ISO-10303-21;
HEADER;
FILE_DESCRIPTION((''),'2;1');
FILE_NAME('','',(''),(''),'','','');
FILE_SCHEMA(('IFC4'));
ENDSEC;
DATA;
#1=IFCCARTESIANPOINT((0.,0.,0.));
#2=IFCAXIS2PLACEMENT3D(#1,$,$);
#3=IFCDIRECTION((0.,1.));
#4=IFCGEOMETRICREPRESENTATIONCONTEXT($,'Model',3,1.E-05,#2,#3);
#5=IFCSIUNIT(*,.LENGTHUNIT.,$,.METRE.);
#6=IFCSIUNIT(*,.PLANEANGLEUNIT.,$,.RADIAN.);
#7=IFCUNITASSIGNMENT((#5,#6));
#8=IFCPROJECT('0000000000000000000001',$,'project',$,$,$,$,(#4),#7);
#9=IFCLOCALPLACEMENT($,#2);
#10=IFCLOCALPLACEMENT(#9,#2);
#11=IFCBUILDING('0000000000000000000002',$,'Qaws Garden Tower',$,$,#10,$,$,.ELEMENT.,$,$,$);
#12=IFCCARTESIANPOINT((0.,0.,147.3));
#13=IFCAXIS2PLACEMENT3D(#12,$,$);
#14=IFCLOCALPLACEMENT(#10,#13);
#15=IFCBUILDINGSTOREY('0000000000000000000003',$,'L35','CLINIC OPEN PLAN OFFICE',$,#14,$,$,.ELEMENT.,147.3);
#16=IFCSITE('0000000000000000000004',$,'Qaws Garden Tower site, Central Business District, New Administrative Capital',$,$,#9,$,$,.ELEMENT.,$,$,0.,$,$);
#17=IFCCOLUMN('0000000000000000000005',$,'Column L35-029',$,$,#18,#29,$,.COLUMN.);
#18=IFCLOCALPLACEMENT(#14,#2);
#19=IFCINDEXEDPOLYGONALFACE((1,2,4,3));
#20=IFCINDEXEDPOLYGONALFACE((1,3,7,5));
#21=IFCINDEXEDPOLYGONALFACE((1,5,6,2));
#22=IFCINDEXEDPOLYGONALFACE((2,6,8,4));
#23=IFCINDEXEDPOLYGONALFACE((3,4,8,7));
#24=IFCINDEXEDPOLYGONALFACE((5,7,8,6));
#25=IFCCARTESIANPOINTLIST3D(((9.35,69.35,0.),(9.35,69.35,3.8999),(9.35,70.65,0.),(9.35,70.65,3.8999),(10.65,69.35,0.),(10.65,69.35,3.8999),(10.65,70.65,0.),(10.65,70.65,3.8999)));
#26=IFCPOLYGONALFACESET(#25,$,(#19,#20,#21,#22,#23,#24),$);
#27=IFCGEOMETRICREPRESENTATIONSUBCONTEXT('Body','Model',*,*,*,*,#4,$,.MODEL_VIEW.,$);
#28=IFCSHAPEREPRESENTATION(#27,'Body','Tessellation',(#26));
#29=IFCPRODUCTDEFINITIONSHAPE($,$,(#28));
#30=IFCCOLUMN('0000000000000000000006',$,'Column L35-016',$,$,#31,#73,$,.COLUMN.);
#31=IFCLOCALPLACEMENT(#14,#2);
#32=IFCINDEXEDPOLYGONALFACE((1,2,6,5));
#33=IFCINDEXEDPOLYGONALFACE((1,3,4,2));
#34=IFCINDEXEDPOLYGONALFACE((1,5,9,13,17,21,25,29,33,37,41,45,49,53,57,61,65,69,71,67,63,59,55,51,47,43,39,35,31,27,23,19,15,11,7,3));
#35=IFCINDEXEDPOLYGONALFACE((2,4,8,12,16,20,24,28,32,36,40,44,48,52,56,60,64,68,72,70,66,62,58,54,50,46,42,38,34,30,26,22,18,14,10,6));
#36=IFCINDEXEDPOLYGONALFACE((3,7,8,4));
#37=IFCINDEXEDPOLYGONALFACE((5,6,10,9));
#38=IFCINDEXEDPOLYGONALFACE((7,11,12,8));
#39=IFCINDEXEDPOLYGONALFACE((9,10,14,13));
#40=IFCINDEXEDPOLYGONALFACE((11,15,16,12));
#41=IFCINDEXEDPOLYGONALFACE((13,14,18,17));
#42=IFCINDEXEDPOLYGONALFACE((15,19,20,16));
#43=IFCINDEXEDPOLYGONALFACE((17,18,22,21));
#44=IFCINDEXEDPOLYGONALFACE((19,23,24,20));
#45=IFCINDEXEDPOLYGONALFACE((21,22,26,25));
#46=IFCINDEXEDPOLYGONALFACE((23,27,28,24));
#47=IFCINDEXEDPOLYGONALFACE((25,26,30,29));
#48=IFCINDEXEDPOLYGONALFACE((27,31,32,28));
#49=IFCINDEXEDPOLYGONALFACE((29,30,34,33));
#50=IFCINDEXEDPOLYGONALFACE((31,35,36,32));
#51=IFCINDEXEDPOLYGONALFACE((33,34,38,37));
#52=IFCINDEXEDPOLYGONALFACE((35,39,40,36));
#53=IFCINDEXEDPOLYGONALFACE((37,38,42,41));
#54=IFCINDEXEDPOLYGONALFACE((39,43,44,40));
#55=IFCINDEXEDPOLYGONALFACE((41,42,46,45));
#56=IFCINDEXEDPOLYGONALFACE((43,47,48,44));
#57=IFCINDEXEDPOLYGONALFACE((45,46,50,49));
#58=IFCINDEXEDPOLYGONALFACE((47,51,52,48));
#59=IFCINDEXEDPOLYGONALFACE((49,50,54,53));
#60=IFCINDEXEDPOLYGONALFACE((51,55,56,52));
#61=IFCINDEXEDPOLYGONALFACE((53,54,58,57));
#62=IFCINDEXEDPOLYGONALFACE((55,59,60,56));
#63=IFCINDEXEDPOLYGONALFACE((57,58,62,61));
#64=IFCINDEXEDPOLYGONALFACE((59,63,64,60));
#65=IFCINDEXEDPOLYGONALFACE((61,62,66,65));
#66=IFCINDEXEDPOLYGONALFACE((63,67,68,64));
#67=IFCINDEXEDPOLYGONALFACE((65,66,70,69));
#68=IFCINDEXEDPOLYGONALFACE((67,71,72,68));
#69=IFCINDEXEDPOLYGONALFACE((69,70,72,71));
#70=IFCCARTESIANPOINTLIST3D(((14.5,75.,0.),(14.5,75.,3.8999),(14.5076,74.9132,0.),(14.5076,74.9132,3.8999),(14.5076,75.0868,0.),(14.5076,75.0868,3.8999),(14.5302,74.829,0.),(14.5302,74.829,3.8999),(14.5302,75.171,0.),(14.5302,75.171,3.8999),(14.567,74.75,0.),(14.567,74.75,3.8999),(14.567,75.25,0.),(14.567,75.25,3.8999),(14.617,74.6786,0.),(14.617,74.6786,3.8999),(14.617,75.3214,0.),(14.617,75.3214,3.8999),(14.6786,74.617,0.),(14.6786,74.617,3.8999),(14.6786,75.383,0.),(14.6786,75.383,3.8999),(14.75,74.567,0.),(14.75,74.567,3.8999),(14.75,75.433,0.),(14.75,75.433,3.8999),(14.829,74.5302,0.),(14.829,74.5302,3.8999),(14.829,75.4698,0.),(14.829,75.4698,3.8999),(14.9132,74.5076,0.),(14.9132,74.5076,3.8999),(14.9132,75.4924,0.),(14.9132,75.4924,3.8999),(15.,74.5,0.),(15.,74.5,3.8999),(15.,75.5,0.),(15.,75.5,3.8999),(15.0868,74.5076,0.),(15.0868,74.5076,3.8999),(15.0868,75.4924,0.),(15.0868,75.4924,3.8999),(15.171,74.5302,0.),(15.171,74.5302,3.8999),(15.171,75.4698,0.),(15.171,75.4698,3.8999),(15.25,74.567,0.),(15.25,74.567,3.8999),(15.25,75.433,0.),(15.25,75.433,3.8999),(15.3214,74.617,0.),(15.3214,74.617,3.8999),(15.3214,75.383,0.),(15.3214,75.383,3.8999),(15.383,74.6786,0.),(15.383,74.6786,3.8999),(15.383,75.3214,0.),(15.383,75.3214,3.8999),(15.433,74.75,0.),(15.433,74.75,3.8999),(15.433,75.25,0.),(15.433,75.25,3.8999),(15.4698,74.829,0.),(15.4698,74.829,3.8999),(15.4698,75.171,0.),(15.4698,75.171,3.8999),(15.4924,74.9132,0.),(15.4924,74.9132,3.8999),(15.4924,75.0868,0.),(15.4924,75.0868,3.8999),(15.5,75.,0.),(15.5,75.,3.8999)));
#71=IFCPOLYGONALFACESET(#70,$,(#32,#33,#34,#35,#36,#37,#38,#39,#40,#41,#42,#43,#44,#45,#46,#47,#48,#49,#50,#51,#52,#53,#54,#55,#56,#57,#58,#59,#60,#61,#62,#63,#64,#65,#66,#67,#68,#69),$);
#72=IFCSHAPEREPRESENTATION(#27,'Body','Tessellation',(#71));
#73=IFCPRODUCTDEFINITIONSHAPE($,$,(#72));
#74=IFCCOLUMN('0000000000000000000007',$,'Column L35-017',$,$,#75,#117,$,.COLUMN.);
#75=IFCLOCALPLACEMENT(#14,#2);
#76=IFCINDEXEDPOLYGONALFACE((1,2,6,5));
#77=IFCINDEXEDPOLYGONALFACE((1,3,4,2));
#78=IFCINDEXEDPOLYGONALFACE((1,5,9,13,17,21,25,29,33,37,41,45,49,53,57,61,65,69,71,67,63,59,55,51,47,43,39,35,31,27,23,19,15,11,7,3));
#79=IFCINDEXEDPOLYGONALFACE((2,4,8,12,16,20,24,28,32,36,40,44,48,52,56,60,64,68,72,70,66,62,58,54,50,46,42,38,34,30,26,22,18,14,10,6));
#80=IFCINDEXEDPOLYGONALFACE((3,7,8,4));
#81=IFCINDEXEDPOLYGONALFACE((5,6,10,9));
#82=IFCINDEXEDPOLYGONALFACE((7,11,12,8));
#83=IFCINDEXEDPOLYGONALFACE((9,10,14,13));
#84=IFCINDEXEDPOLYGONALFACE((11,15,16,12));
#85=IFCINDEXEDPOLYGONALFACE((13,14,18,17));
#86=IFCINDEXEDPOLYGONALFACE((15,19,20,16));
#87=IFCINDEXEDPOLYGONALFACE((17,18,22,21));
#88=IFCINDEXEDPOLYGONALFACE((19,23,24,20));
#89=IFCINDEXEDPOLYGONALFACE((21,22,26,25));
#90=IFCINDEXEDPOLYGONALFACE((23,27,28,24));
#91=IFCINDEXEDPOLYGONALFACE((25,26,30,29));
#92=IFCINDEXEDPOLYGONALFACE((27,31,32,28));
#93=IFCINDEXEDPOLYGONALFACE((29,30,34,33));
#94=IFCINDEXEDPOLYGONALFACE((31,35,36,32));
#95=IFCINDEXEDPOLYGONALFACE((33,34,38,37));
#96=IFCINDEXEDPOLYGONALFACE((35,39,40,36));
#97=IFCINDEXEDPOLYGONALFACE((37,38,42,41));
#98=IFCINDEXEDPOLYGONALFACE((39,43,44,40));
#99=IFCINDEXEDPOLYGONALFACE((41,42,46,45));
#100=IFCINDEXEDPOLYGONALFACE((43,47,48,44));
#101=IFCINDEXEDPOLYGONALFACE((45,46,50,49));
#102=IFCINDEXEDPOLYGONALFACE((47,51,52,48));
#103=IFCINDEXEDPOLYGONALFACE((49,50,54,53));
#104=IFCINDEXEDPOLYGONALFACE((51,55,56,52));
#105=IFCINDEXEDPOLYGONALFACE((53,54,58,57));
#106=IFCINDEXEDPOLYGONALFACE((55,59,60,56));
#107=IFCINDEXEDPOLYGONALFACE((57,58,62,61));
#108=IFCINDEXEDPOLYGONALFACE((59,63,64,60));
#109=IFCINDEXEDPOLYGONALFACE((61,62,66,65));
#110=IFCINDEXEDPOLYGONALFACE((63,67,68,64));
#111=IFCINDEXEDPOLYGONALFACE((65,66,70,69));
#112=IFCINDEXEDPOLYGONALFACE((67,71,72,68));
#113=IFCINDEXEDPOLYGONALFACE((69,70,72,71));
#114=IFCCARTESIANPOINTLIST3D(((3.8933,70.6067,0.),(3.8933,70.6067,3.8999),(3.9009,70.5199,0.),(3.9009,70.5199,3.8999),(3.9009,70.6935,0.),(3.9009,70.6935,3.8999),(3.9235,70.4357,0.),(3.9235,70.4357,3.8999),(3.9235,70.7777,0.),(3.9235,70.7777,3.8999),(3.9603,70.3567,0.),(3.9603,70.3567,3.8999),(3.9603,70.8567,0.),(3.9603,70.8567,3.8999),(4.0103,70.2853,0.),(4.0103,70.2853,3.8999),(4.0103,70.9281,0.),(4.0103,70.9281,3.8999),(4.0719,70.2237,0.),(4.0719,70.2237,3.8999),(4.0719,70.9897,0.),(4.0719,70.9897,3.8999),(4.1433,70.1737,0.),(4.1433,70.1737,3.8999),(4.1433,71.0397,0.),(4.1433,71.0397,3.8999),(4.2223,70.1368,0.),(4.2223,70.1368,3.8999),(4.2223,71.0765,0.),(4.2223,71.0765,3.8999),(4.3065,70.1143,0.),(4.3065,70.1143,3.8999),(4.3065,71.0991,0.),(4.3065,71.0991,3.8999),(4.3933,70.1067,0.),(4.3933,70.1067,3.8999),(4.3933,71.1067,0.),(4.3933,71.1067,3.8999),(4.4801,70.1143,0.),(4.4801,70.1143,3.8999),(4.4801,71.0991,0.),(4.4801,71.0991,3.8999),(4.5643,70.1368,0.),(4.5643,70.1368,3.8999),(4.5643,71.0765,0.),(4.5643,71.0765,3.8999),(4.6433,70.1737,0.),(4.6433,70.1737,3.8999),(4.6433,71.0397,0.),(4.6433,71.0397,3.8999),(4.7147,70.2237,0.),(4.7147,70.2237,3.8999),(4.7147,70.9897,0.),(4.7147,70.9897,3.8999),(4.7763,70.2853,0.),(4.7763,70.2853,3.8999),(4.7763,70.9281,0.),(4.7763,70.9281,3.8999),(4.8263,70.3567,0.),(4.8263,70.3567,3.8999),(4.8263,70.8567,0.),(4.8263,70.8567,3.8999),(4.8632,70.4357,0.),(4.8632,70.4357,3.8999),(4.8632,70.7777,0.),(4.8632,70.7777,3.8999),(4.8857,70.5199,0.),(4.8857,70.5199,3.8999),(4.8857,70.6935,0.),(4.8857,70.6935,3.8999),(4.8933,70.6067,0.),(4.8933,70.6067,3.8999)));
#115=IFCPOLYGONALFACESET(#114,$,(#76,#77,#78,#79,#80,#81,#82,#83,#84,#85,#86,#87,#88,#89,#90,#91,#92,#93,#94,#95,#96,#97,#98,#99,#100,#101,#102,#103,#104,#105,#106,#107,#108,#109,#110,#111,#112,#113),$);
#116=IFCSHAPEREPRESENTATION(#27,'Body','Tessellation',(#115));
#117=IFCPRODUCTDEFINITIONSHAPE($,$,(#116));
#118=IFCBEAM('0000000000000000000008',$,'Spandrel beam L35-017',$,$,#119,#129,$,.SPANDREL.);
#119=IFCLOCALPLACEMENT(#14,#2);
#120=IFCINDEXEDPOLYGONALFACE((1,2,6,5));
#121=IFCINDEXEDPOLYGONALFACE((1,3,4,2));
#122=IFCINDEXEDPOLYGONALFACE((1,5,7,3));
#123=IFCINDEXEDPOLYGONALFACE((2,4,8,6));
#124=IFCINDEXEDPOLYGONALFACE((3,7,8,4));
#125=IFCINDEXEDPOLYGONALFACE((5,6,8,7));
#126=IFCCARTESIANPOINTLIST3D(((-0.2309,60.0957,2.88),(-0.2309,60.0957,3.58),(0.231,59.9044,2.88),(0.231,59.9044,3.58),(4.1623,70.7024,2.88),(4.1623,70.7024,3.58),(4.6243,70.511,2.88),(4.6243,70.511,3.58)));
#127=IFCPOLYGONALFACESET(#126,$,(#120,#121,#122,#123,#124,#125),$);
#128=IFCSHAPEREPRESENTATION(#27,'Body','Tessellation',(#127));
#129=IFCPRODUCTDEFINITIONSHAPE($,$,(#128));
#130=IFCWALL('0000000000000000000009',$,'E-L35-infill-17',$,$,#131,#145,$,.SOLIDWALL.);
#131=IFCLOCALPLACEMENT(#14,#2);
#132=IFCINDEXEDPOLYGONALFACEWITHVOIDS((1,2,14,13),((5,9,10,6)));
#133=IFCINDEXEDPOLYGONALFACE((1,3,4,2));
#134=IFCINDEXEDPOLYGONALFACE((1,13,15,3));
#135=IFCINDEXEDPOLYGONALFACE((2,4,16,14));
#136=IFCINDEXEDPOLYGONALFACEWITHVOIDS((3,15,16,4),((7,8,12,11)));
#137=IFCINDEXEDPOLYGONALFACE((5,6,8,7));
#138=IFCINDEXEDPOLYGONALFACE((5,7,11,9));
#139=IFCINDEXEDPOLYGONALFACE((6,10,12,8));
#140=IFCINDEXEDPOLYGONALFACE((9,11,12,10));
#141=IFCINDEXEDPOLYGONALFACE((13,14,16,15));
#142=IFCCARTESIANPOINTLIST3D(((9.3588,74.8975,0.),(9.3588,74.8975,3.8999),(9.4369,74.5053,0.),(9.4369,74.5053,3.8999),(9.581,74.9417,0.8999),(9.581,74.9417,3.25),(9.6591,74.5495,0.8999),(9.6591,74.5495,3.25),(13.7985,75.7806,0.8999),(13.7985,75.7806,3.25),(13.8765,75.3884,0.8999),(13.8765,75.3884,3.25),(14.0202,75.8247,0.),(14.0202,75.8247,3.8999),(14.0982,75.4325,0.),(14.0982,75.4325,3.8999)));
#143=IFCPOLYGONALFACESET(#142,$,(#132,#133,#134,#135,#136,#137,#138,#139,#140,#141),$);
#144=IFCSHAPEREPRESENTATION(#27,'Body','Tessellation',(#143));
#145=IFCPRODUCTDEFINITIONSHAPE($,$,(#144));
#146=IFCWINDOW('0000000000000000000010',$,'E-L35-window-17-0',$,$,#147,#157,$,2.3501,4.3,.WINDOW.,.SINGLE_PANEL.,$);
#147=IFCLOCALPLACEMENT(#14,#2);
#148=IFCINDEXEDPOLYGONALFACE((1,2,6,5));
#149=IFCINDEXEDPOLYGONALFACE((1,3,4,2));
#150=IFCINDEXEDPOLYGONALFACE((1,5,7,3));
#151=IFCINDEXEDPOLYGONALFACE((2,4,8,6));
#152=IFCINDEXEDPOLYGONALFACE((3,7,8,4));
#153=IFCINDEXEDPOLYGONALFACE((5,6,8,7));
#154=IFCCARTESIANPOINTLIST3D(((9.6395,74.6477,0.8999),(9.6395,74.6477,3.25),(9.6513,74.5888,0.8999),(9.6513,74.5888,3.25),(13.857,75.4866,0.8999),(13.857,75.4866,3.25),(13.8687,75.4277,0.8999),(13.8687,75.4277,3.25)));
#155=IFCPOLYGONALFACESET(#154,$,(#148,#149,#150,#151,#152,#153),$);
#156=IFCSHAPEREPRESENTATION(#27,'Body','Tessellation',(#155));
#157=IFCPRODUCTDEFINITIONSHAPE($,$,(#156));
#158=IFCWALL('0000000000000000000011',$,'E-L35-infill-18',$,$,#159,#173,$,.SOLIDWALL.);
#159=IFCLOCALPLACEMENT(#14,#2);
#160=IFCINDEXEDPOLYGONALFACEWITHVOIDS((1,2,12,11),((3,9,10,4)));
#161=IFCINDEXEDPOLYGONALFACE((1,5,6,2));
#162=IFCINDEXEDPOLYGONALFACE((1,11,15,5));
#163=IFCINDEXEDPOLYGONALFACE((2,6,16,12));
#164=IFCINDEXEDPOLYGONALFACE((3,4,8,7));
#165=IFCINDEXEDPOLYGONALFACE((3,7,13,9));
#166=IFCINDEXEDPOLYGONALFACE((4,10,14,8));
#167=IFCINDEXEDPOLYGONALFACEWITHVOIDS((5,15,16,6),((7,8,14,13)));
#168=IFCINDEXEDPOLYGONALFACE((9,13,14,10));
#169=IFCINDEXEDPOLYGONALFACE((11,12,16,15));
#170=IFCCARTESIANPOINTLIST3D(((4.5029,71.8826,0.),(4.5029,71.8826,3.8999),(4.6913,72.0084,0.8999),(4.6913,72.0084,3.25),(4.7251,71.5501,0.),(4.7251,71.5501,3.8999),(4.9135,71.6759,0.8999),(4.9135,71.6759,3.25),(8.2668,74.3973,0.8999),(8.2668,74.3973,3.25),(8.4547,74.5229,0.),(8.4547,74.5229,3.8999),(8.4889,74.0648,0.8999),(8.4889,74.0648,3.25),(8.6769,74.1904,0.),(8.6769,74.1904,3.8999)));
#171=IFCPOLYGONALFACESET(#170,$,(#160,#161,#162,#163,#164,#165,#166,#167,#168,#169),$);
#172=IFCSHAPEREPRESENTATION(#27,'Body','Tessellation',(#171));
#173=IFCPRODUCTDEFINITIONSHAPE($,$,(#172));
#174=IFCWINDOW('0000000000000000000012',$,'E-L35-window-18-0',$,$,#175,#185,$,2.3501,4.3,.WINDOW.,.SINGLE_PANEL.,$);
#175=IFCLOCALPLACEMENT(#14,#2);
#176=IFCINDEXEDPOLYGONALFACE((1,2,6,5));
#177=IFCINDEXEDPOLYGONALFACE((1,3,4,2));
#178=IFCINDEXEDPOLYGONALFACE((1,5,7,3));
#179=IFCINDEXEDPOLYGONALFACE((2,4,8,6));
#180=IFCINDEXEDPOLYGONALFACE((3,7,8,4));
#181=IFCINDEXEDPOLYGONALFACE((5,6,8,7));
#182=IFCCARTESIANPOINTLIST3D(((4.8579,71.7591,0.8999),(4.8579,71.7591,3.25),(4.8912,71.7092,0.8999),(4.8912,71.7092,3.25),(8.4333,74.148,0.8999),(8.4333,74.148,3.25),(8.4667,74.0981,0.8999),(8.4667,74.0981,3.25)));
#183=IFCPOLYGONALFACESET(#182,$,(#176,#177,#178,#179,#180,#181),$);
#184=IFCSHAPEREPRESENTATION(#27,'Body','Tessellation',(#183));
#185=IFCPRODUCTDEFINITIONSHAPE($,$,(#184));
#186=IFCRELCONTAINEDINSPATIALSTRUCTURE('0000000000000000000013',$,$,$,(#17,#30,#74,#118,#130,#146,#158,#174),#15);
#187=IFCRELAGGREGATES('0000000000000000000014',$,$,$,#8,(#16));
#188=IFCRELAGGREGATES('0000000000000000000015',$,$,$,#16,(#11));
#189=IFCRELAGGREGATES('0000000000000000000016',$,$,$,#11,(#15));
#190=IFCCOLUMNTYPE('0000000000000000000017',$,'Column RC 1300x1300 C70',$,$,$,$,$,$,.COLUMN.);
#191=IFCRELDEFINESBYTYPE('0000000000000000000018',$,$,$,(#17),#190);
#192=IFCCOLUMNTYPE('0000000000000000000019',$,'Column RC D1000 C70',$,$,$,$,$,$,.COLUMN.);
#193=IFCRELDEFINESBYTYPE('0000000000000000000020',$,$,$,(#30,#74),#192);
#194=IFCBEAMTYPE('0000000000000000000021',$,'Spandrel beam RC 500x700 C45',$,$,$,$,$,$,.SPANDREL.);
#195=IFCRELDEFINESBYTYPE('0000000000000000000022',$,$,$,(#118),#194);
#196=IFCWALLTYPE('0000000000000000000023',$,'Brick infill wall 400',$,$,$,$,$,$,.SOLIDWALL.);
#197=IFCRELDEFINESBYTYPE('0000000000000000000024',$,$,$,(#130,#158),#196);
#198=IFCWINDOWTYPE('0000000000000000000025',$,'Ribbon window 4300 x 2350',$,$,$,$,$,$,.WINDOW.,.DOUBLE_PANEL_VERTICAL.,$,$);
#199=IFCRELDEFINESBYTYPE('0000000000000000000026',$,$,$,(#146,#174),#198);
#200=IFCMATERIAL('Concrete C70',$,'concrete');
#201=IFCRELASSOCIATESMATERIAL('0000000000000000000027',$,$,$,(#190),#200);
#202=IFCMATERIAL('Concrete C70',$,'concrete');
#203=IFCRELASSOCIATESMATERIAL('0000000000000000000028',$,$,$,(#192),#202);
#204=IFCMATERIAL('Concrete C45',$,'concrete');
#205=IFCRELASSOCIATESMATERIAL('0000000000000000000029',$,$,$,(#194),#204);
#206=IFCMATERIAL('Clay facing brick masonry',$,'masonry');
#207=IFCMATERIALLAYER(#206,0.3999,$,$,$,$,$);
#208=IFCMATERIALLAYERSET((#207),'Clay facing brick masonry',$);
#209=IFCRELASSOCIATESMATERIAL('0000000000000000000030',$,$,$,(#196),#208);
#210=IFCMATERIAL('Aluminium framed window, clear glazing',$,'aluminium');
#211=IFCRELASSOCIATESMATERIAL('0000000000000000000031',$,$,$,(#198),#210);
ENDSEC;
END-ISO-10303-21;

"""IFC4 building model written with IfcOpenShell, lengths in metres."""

from ifc_helpers import new_model, si_unit, direction, frame, frame_2d, origin, origin_2d, place, context, subcontext, project, spatial, rectangle, circle, extrude, material, layer, layer_set, material_profile, profile_set, type_object, element, fill, save


model = new_model("IFC4")

# Units and contexts
model_context = context("Model", 3, precision=1e-05, world=origin(), true_north=direction((0.0, 1.0)))
body_context = subcontext(model_context, "Body", "Model", "MODEL_VIEW")
ifc_project = project(units=[si_unit("LENGTHUNIT", "METRE"), si_unit("PLANEANGLEUNIT", "RADIAN")], contexts=[model_context])

# Site, building, storey
site_placement = place(None, origin())
site = spatial("IfcSite", under=ifc_project, at=site_placement, Name="Qaws Garden Tower site, Central Business District, New Administrative Capital", CompositionType="ELEMENT", RefElevation=0.0)
building_placement = place(site_placement, origin())
building = spatial("IfcBuilding", under=site, at=building_placement, Name="Qaws Garden Tower", CompositionType="ELEMENT")
storey_placement = place(building_placement, frame((0.0, 0.0, 147.3)))
storey = spatial("IfcBuildingStorey", under=building, at=storey_placement, Name="L35", Description="CLINIC OPEN PLAN OFFICE", CompositionType="ELEMENT", Elevation=147.3)

# Columns
ifc_material_1 = material(Name="Concrete C70", Category="concrete")
ifc_material_profile_1 = material_profile(ifc_material_1, rectangle(XDim=1.3, YDim=1.3, at=origin_2d()), Name="RC 1300x1300")
ifc_profile_set_1 = profile_set([ifc_material_profile_1], Name="Concrete C70")
column_type_1 = type_object("IfcColumnType", Name="Column RC 1300x1300 C70", PredefinedType="COLUMN", material=ifc_profile_set_1)
column_placement = place(storey_placement, frame((10.0, 70.0, 0.0), z_axis=(0.0, 0.0, 1.0), x_axis=(1.0, 0.0, 0.0)))
element("IfcColumn", 1, at=column_placement, inside=storey, type_object=column_type_1, Name="Column L35-029", PredefinedType="COLUMN", context=body_context, shape_type="SweptSolid", body=[
    extrude(rectangle(XDim=1.3, YDim=1.3, at=origin_2d()), origin(), (0.0, 0.0, 1.0), 3.8999),
])
ifc_material_2 = material(Name="Concrete C70", Category="concrete")
ifc_material_profile_2 = material_profile(ifc_material_2, circle(Radius=0.5, at=origin_2d()), Name="RC D1000")
ifc_profile_set_2 = profile_set([ifc_material_profile_2], Name="Concrete C70")
column_type_2 = type_object("IfcColumnType", Name="Column RC D1000 C70", PredefinedType="COLUMN", material=ifc_profile_set_2)
for number, where, z_axis, x_axis, name in (
    (2, (15.0, 75.0, 0.0), (0.0, 0.0, 1.0), (1.0, 0.0, 0.0), "Column L35-016"),
    (3, (4.3933, 70.6067, 0.0), (0.0, 0.0, 1.0), (1.0, 0.0, 0.0), "Column L35-017"),
):
    element("IfcColumn", number, at=place(storey_placement, frame(where, z_axis=z_axis, x_axis=x_axis)), inside=storey, type_object=column_type_2, Name=name, PredefinedType="COLUMN", context=body_context, shape_type="SweptSolid", body=[
        extrude(circle(Radius=0.5, at=origin_2d()), origin(), (0.0, 0.0, 1.0), 3.8999),
    ])

# Beam
ifc_material_3 = material(Name="Concrete C45", Category="concrete")
ifc_material_profile_3 = material_profile(ifc_material_3, rectangle(XDim=0.5, YDim=0.7, at=origin_2d()), Name="RC 500x700")
ifc_profile_set_3 = profile_set([ifc_material_profile_3], Name="Concrete C45")
beam_type = type_object("IfcBeamType", Name="Spandrel beam RC 500x700 C45", PredefinedType="SPANDREL", material=ifc_profile_set_3)
beam_placement = place(storey_placement, frame((4.3933, 70.6067, 3.23), z_axis=(-0.382674, -0.923883, 0.0), x_axis=(0.923883, -0.382674, 0.0)))
element("IfcBeam", 4, at=beam_placement, inside=storey, type_object=beam_type, Name="Spandrel beam L35-017", PredefinedType="SPANDREL", context=body_context, shape_type="SweptSolid", body=[
    extrude(rectangle(XDim=0.5, YDim=0.7, at=origin_2d()), origin(), (0.0, 0.0, 1.0), 11.4805),
])

# Walls, openings, windows
ifc_material_4 = material(Name="Clay facing brick masonry", Category="masonry")
ifc_layer_1 = layer(ifc_material_4, 0.3999)
ifc_layer_set_1 = layer_set([ifc_layer_1], Name="Clay facing brick masonry")
wall_type_1 = type_object("IfcWallType", Name="Brick infill wall 400", PredefinedType="SOLIDWALL", material=ifc_layer_set_1)
wall_1_placement = place(storey_placement, frame((14.0593, 75.6287, 0.0), z_axis=(0.0, 0.0, 1.0), x_axis=(-0.980784, -0.195099, 0.0)))
wall_1 = element("IfcWall", 5, at=wall_1_placement, inside=storey, type_object=wall_type_1, Name="E-L35-infill-17", PredefinedType="SOLIDWALL", context=body_context, shape_type="SweptSolid", body=[
    extrude(rectangle(XDim=4.7527, YDim=0.3999, at=frame_2d((2.3765, 0.0))), origin(), (0.0, 0.0, 1.0), 3.8999),
])
opening_1_placement = place(wall_1_placement, frame((0.2263, 0.0, 0.8999)))
opening_1 = element("IfcOpeningElement", 6, at=opening_1_placement, cuts=wall_1, PredefinedType="OPENING", context=body_context, shape_type="SweptSolid", body=[
    extrude(rectangle(XDim=4.3, YDim=2.3501, at=frame_2d((2.1499, 1.175))), frame((0.0, 0.21, 0.0), z_axis=(0.0, -1.0, 0.0), x_axis=(1.0, 0.0, 0.0)), (0.0, 0.0, 1.0), 0.4199),
])
ifc_material_5 = material(Name="Aluminium framed window, clear glazing", Category="aluminium")
window_type = type_object("IfcWindowType", Name="Ribbon window 4300 x 2350", PartitioningType="DOUBLE_PANEL_VERTICAL", PredefinedType="WINDOW", material=ifc_material_5)
window_1_placement = place(opening_1_placement, origin())
window_1 = element("IfcWindow", 7, at=window_1_placement, inside=storey, type_object=window_type, Name="E-L35-window-17-0", OverallHeight=2.3501, OverallWidth=4.3, PartitioningType="SINGLE_PANEL", PredefinedType="WINDOW", context=body_context, shape_type="SweptSolid", body=[
    extrude(rectangle(XDim=4.3, YDim=2.3501, at=frame_2d((2.1499, 1.175))), frame((0.0, 0.1599, 0.0), z_axis=(0.0, -1.0, 0.0), x_axis=(1.0, 0.0, 0.0)), (0.0, 0.0, 1.0), 0.0601),
])
fill(opening_1, window_1)
wall_2_placement = place(storey_placement, frame((8.5659, 74.3567, 0.0), z_axis=(0.0, 0.0, 1.0), x_axis=(-0.831489, -0.555542, 0.0)))
wall_2 = element("IfcWall", 8, at=wall_2_placement, inside=storey, type_object=wall_type_1, Name="E-L35-infill-18", PredefinedType="SOLIDWALL", context=body_context, shape_type="SweptSolid", body=[
    extrude(rectangle(XDim=4.7527, YDim=0.3999, at=frame_2d((2.3765, 0.0))), origin(), (0.0, 0.0, 1.0), 3.8999),
])
opening_2_placement = place(wall_2_placement, frame((0.2263, 0.0, 0.8999)))
opening_2 = element("IfcOpeningElement", 9, at=opening_2_placement, cuts=wall_2, PredefinedType="OPENING", context=body_context, shape_type="SweptSolid", body=[
    extrude(rectangle(XDim=4.3, YDim=2.3501, at=frame_2d((2.1499, 1.175))), frame((0.0, 0.21, 0.0), z_axis=(0.0, -1.0, 0.0), x_axis=(1.0, 0.0, 0.0)), (0.0, 0.0, 1.0), 0.4199),
])
window_2_placement = place(opening_2_placement, origin())
window_2 = element("IfcWindow", 10, at=window_2_placement, inside=storey, type_object=window_type, Name="E-L35-window-18-0", OverallHeight=2.3501, OverallWidth=4.3, PartitioningType="SINGLE_PANEL", PredefinedType="WINDOW", context=body_context, shape_type="SweptSolid", body=[
    extrude(rectangle(XDim=4.3, YDim=2.3501, at=frame_2d((2.1499, 1.175))), frame((0.0, 0.1599, 0.0), z_axis=(0.0, -1.0, 0.0), x_axis=(1.0, 0.0, 0.0)), (0.0, 0.0, 1.0), 0.0601),
])
fill(opening_2, window_2)

save(model, "model.ifc")
